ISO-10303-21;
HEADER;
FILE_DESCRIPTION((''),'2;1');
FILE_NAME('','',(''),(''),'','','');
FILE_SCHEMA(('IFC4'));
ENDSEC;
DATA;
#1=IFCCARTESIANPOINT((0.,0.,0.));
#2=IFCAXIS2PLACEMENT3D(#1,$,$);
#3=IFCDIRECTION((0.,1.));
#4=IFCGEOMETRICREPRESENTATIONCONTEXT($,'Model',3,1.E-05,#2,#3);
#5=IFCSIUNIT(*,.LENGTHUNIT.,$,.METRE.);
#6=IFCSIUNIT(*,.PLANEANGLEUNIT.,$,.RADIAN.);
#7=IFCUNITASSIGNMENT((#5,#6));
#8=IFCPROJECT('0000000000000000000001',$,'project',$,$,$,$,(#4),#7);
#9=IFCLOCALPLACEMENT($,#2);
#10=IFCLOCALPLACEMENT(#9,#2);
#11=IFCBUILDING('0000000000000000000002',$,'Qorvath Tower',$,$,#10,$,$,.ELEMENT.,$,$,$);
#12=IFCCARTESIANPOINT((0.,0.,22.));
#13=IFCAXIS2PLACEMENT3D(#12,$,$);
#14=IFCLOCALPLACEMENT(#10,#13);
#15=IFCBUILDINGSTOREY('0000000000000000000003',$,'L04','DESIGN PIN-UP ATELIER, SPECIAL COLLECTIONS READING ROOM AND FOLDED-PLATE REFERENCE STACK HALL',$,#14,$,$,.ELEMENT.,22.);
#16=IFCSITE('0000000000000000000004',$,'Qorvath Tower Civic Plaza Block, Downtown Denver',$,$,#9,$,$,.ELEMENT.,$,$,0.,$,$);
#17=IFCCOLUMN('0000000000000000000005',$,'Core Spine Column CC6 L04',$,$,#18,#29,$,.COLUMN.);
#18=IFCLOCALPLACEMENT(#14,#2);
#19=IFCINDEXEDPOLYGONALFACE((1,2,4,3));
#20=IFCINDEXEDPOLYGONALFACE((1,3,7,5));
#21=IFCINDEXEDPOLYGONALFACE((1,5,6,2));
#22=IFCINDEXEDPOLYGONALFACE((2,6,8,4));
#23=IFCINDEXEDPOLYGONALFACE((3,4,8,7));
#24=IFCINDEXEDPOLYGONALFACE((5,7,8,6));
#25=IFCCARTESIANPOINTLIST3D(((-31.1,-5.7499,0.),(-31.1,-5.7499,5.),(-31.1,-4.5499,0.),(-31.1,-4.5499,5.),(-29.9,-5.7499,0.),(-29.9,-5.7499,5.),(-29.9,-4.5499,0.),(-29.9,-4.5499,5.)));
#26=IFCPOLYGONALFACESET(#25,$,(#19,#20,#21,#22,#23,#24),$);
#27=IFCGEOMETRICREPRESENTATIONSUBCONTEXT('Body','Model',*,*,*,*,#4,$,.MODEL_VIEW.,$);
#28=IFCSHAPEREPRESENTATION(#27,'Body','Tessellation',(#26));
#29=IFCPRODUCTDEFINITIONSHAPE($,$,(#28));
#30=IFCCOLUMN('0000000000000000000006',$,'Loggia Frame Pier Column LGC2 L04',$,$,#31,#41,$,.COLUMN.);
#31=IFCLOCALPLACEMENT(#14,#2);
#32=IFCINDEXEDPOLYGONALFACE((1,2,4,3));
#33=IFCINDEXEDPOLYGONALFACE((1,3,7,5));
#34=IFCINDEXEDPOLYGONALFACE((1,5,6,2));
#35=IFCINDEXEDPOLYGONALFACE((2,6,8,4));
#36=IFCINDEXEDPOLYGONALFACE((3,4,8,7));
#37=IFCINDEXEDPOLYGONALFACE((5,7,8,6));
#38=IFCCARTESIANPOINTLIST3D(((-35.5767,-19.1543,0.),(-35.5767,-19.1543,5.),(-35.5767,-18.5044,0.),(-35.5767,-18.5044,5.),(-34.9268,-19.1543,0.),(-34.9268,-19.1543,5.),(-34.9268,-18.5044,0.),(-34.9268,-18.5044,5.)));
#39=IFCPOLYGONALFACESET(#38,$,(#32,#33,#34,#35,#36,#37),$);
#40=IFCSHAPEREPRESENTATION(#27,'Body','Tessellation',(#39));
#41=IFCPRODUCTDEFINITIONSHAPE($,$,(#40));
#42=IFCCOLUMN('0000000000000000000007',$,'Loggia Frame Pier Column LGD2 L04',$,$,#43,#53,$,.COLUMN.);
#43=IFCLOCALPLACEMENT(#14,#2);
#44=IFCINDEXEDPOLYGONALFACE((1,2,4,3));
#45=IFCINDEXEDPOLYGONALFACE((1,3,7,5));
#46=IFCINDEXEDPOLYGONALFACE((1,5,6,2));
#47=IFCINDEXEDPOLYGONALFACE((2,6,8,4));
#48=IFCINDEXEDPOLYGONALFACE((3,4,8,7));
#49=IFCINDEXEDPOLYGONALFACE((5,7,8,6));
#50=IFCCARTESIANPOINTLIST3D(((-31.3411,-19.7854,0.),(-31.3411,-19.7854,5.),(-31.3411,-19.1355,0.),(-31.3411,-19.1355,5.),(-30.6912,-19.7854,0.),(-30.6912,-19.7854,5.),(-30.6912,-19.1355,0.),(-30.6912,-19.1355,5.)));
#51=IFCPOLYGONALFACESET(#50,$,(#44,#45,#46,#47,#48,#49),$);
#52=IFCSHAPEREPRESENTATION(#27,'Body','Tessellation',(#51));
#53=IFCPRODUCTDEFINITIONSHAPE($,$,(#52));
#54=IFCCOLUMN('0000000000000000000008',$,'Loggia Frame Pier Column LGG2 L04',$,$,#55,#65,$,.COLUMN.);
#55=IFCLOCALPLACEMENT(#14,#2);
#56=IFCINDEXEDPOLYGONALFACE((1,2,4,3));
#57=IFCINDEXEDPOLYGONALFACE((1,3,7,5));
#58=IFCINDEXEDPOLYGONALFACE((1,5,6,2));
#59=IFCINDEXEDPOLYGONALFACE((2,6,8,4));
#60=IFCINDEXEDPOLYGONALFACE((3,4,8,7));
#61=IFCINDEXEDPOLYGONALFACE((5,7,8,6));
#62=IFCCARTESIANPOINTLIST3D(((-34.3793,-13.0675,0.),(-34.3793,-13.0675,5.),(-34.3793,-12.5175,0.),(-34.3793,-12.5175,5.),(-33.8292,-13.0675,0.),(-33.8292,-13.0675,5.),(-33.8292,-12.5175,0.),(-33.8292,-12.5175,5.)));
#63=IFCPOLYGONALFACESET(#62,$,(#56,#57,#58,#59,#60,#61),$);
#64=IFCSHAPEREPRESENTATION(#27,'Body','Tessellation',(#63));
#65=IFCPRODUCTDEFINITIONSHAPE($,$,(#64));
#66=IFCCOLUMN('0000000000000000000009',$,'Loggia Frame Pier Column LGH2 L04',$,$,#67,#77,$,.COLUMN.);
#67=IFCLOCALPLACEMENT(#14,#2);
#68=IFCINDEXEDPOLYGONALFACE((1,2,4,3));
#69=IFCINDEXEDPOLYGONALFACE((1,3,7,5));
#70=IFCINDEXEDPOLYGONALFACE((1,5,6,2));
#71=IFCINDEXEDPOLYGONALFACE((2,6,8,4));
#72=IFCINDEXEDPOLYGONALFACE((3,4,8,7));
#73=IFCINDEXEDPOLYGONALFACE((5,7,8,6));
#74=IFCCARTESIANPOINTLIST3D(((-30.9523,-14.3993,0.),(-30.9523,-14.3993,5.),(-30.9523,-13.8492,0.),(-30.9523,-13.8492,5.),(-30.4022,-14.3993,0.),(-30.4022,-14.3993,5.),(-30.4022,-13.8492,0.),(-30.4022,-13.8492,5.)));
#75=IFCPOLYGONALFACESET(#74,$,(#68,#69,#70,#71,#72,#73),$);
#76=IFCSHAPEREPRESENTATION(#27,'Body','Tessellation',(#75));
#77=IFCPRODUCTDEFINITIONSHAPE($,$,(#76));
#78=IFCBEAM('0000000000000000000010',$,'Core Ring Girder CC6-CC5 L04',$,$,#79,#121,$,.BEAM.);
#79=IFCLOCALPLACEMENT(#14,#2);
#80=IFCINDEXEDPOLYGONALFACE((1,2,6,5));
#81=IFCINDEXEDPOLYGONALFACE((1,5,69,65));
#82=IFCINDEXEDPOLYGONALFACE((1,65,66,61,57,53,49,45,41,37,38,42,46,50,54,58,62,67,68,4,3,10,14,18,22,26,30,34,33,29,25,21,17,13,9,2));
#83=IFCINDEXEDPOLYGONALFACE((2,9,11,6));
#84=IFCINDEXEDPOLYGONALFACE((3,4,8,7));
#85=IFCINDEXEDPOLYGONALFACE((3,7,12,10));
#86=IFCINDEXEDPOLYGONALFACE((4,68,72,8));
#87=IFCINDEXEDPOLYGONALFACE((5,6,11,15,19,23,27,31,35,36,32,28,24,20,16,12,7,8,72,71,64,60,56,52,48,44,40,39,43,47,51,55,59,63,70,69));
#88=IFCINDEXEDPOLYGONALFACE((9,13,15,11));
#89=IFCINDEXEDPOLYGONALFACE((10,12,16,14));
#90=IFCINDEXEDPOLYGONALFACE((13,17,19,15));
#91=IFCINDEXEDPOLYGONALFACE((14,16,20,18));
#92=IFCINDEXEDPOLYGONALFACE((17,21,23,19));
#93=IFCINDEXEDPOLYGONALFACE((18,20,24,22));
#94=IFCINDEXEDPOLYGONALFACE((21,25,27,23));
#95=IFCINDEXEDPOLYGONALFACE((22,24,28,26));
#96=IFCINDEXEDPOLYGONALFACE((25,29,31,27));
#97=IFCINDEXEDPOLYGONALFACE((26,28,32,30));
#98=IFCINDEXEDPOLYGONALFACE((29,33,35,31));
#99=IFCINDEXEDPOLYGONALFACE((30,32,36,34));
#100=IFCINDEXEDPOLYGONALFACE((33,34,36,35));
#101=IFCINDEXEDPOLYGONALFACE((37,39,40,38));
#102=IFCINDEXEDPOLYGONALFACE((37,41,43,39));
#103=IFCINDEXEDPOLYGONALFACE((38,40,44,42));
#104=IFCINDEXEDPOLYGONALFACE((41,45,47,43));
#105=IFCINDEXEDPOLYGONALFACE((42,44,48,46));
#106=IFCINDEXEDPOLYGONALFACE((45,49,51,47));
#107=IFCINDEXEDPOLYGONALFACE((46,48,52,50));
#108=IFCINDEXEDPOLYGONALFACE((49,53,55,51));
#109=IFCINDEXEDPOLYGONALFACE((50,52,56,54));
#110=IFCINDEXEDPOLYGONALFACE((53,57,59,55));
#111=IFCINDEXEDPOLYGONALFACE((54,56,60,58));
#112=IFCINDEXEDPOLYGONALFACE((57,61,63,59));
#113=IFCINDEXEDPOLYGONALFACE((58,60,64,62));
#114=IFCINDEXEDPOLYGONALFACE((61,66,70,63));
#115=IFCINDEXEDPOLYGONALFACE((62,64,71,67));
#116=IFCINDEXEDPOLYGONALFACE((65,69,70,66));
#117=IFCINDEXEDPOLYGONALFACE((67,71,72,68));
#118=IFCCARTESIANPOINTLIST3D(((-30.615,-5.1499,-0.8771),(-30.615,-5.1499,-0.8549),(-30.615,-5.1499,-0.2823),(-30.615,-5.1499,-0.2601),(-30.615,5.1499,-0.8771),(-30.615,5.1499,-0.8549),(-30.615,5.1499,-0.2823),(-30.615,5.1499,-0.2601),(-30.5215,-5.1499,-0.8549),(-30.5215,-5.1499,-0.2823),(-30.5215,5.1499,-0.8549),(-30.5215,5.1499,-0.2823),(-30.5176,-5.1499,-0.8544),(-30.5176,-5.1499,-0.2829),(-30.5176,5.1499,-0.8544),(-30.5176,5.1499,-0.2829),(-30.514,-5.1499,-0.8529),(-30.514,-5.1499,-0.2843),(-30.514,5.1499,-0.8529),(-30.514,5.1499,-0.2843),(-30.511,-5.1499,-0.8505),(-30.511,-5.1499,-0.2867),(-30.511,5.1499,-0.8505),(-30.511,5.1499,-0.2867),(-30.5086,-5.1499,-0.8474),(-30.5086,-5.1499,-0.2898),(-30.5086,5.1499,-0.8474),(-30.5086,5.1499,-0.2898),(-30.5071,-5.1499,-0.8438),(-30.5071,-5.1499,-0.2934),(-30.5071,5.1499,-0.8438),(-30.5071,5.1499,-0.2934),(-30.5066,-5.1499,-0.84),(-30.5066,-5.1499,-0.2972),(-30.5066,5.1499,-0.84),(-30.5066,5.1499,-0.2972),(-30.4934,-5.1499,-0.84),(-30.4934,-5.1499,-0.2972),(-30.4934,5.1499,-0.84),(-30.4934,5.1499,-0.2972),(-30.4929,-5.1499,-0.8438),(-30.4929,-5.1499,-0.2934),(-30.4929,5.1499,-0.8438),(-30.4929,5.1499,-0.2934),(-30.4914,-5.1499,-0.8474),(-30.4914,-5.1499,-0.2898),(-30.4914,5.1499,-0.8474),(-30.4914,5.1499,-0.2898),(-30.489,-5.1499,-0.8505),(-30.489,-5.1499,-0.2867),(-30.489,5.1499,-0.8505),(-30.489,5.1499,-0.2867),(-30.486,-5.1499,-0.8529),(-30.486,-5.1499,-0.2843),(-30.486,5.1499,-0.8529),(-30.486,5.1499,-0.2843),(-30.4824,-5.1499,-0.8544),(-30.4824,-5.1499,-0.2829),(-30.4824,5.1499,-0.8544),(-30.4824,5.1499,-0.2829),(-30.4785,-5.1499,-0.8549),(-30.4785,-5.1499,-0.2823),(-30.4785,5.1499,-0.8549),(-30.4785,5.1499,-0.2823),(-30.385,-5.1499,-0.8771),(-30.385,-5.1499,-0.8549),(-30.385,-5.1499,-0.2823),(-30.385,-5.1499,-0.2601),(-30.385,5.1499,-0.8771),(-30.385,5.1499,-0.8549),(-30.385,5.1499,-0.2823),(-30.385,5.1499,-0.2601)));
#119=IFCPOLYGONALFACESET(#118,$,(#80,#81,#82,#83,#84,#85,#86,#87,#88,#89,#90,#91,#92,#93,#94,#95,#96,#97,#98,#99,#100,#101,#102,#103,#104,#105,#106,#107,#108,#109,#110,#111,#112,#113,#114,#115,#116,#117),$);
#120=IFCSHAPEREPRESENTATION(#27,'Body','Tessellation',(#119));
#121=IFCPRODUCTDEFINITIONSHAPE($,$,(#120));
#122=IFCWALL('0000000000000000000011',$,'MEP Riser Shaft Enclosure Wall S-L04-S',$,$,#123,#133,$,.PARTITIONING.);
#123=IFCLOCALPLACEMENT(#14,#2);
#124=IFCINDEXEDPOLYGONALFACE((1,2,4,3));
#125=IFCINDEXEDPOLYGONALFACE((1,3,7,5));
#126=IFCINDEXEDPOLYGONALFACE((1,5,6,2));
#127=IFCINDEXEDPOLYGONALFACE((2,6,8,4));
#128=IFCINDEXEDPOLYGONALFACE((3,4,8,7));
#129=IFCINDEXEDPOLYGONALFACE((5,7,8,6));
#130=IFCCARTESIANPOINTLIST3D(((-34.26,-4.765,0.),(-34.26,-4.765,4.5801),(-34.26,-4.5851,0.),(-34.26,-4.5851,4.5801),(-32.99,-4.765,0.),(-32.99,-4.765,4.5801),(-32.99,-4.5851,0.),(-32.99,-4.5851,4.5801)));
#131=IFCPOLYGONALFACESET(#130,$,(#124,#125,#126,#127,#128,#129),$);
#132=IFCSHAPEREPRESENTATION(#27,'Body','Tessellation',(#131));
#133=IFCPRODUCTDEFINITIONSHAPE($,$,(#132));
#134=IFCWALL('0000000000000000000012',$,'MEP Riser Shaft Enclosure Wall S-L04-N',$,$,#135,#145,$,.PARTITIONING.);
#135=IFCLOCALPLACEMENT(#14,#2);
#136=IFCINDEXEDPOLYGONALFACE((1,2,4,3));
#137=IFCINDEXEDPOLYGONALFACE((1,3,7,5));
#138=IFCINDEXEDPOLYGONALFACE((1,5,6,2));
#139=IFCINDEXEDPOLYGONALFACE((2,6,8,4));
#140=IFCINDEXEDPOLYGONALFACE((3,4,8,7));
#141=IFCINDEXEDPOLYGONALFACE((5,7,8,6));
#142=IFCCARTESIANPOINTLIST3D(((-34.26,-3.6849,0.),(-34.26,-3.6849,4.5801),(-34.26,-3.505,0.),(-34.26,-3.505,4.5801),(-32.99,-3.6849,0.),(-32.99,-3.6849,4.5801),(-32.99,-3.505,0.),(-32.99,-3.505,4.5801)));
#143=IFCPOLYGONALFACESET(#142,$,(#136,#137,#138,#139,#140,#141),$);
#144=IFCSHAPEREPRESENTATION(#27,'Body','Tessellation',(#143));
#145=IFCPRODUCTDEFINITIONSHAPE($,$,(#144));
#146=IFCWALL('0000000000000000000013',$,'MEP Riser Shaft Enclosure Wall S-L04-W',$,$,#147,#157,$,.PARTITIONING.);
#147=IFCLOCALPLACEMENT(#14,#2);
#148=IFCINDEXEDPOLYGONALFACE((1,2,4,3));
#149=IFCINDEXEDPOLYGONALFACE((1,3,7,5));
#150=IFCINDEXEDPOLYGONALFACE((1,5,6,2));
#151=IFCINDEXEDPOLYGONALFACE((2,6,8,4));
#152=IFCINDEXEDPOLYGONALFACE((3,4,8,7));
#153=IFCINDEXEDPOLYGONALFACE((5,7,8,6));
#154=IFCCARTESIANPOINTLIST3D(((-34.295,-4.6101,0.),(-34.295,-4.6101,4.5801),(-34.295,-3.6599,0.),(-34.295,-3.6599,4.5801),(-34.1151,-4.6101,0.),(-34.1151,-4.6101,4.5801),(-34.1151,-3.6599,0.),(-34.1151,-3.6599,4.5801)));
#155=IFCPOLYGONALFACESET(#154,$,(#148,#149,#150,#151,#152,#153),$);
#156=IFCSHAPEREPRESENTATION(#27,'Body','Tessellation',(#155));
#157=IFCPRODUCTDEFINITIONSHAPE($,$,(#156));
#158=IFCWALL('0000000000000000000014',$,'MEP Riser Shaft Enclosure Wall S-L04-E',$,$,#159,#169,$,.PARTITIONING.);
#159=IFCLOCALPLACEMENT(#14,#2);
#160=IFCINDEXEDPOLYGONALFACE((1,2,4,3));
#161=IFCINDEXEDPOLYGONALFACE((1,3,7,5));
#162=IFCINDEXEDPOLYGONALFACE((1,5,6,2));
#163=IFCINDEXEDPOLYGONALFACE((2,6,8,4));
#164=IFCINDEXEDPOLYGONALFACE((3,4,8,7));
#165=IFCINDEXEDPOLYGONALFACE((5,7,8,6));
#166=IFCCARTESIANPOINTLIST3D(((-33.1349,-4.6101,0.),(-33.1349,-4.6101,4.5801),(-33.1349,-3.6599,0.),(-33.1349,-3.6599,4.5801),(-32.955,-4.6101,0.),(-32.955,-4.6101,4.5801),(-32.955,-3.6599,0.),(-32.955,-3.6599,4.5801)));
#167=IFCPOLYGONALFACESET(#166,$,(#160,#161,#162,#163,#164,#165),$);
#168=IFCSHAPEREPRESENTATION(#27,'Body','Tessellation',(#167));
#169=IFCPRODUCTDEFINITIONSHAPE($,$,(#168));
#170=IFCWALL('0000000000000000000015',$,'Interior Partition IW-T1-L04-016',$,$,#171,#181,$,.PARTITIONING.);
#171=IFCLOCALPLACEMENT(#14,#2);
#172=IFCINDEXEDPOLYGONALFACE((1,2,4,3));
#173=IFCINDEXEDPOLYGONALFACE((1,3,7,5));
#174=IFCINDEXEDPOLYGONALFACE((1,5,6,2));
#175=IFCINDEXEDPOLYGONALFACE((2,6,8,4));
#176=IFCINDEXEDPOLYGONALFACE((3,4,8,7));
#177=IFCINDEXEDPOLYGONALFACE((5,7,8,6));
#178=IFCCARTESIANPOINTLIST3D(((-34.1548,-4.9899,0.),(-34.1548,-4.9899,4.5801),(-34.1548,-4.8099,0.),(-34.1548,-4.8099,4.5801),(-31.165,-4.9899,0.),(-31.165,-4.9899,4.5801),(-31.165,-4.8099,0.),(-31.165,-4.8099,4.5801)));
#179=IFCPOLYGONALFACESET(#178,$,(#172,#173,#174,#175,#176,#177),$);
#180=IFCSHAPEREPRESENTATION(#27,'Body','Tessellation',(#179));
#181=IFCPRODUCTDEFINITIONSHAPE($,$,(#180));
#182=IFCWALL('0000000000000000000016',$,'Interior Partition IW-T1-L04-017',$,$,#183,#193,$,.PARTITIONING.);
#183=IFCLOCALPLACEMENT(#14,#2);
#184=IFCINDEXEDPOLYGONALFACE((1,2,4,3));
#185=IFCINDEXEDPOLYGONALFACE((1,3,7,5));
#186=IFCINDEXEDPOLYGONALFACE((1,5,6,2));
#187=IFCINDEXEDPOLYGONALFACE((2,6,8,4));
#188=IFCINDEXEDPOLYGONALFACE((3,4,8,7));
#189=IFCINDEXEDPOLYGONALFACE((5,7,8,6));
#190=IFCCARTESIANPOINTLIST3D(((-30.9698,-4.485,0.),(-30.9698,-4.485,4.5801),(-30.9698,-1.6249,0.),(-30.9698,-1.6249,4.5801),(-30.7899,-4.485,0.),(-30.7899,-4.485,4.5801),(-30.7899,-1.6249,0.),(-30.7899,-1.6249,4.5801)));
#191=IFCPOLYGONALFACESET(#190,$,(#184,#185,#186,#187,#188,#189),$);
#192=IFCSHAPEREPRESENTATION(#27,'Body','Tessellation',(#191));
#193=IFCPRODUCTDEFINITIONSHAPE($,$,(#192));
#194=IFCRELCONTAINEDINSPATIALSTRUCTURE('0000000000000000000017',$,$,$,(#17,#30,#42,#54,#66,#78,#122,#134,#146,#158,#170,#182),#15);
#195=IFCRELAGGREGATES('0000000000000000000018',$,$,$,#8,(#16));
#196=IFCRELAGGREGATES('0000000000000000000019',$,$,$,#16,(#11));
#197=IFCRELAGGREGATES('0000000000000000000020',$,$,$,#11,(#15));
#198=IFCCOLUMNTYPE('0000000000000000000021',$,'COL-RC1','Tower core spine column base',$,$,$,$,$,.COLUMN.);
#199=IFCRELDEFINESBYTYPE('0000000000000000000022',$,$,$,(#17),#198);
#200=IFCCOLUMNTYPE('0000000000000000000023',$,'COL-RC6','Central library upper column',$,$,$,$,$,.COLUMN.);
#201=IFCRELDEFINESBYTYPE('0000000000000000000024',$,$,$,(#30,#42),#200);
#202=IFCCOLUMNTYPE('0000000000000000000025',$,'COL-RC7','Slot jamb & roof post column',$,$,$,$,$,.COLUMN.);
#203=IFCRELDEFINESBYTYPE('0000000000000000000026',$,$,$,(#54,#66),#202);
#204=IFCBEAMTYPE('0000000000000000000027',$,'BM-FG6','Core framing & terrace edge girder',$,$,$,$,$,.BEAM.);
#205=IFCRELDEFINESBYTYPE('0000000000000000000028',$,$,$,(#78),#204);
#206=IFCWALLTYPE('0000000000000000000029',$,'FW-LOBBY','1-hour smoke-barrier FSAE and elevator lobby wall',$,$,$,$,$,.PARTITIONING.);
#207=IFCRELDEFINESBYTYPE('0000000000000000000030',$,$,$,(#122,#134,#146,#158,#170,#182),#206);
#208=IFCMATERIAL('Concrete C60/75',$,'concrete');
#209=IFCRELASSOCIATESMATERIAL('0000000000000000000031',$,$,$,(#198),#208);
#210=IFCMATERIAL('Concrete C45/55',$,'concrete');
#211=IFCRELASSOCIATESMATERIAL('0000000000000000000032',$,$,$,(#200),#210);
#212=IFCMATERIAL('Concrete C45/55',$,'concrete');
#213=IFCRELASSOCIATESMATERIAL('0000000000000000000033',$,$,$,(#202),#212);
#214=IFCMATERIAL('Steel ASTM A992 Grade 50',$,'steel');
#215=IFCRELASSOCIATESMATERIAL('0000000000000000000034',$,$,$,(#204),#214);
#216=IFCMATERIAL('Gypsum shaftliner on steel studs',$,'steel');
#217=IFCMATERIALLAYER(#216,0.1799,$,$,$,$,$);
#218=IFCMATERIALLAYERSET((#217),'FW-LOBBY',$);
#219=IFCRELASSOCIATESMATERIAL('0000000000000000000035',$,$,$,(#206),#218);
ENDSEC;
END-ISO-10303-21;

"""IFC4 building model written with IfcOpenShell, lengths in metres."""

from ifc_helpers import new_model, si_unit, direction, frame, frame_2d, origin, origin_2d, place, context, subcontext, project, spatial, rectangle, i_section, extrude, material, layer, layer_set, material_profile, profile_set, type_object, element, save


model = new_model("IFC4")

# Units and contexts
model_context = context("Model", 3, precision=1e-05, world=origin(), true_north=direction((0.0, 1.0)))
body_context = subcontext(model_context, "Body", "Model", "MODEL_VIEW")
ifc_project = project(units=[si_unit("LENGTHUNIT", "METRE"), si_unit("PLANEANGLEUNIT", "RADIAN")], contexts=[model_context])

# Site, building, storey
site_placement = place(None, origin())
site = spatial("IfcSite", under=ifc_project, at=site_placement, Name="Qorvath Tower Civic Plaza Block, Downtown Denver", CompositionType="ELEMENT", RefElevation=0.0)
building_placement = place(site_placement, origin())
building = spatial("IfcBuilding", under=site, at=building_placement, Name="Qorvath Tower", CompositionType="ELEMENT")
storey_placement = place(building_placement, frame((0.0, 0.0, 22.0)))
storey = spatial("IfcBuildingStorey", under=building, at=storey_placement, Name="L04", Description="DESIGN PIN-UP ATELIER, SPECIAL COLLECTIONS READING ROOM AND FOLDED-PLATE REFERENCE STACK HALL", CompositionType="ELEMENT", Elevation=22.0)

# Columns
ifc_material_1 = material(Name="Concrete C60/75", Category="concrete")
ifc_material_profile_1 = material_profile(ifc_material_1, rectangle(XDim=1.2, YDim=1.2, at=origin_2d()), Name="RC 1200x1200")
ifc_profile_set_1 = profile_set([ifc_material_profile_1], Name="Concrete C60/75")
column_type_1 = type_object("IfcColumnType", Name="COL-RC1", Description="Tower core spine column base", PredefinedType="COLUMN", material=ifc_profile_set_1)
column_placement = place(storey_placement, frame((-30.5, -5.1499, 0.0), z_axis=(0.0, 0.0, 1.0), x_axis=(1.0, 0.0, 0.0)))
element("IfcColumn", 1, at=column_placement, inside=storey, type_object=column_type_1, Name="Core Spine Column CC6 L04", PredefinedType="COLUMN", context=body_context, shape_type="SweptSolid", body=[
    extrude(rectangle(XDim=1.2, YDim=1.2, at=origin_2d()), origin(), (0.0, 0.0, 1.0), 5.0),
])
ifc_material_2 = material(Name="Concrete C45/55", Category="concrete")
ifc_material_profile_2 = material_profile(ifc_material_2, rectangle(XDim=0.6499, YDim=0.6499, at=origin_2d()), Name="RC 650x650")
ifc_profile_set_2 = profile_set([ifc_material_profile_2], Name="Concrete C45/55")
column_type_2 = type_object("IfcColumnType", Name="COL-RC6", Description="Central library upper column", PredefinedType="COLUMN", material=ifc_profile_set_2)
for number, where, z_axis, x_axis, name in (
    (2, (-35.2517, -18.8293, 0.0), (0.0, 0.0, 1.0), (1.0, 0.0, 0.0), "Loggia Frame Pier Column LGC2 L04"),
    (3, (-31.0161, -19.4604, 0.0), (0.0, 0.0, 1.0), (1.0, 0.0, 0.0), "Loggia Frame Pier Column LGD2 L04"),
):
    element("IfcColumn", number, at=place(storey_placement, frame(where, z_axis=z_axis, x_axis=x_axis)), inside=storey, type_object=column_type_2, Name=name, PredefinedType="COLUMN", context=body_context, shape_type="SweptSolid", body=[
        extrude(rectangle(XDim=0.6499, YDim=0.6499, at=origin_2d()), origin(), (0.0, 0.0, 1.0), 5.0),
    ])
ifc_material_3 = material(Name="Concrete C45/55", Category="concrete")
ifc_material_profile_3 = material_profile(ifc_material_3, rectangle(XDim=0.55, YDim=0.55, at=origin_2d()), Name="RC 550x550")
ifc_profile_set_3 = profile_set([ifc_material_profile_3], Name="Concrete C45/55")
column_type_3 = type_object("IfcColumnType", Name="COL-RC7", Description="Slot jamb & roof post column", PredefinedType="COLUMN", material=ifc_profile_set_3)
for number, where, z_axis, x_axis, name in (
    (4, (-34.1042, -12.7925, 0.0), (0.0, 0.0, 1.0), (1.0, 0.0, 0.0), "Loggia Frame Pier Column LGG2 L04"),
    (5, (-30.6772, -14.1243, 0.0), (0.0, 0.0, 1.0), (1.0, 0.0, 0.0), "Loggia Frame Pier Column LGH2 L04"),
):
    element("IfcColumn", number, at=place(storey_placement, frame(where, z_axis=z_axis, x_axis=x_axis)), inside=storey, type_object=column_type_3, Name=name, PredefinedType="COLUMN", context=body_context, shape_type="SweptSolid", body=[
        extrude(rectangle(XDim=0.55, YDim=0.55, at=origin_2d()), origin(), (0.0, 0.0, 1.0), 5.0),
    ])

# Beam
ifc_material_4 = material(Name="Steel ASTM A992 Grade 50", Category="steel")
ifc_material_profile_4 = material_profile(ifc_material_4, i_section(OverallWidth=0.23, OverallDepth=0.6169, WebThickness=0.0132, FlangeThickness=0.0222, FilletRadius=0.0149, at=origin_2d()), Name="W24x94")
ifc_profile_set_4 = profile_set([ifc_material_profile_4], Name="Steel ASTM A992 Grade 50")
beam_type = type_object("IfcBeamType", Name="BM-FG6", Description="Core framing & terrace edge girder", PredefinedType="BEAM", material=ifc_profile_set_4)
beam_placement = place(storey_placement, frame((-30.5, -5.1499, -0.5686), z_axis=(0.0, 1.0, 0.0), x_axis=(-1.0, 0.0, 0.0)))
element("IfcBeam", 6, at=beam_placement, inside=storey, type_object=beam_type, Name="Core Ring Girder CC6-CC5 L04", PredefinedType="BEAM", context=body_context, shape_type="SweptSolid", body=[
    extrude(i_section(OverallWidth=0.23, OverallDepth=0.6169, WebThickness=0.0132, FlangeThickness=0.0222, FilletRadius=0.0149, at=origin_2d()), origin(), (0.0, 0.0, 1.0), 10.2998),
])

# Walls
ifc_material_5 = material(Name="Gypsum shaftliner on steel studs", Category="steel")
ifc_layer_1 = layer(ifc_material_5, 0.1799)
ifc_layer_set_1 = layer_set([ifc_layer_1], Name="FW-LOBBY")
wall_type_1 = type_object("IfcWallType", Name="FW-LOBBY", Description="1-hour smoke-barrier FSAE and elevator lobby wall", PredefinedType="PARTITIONING", material=ifc_layer_set_1)
for number, where, z_axis, x_axis, name in (
    (7, (-32.99, -4.675, 0.0), (0.0, 0.0, 1.0), (-1.0, 0.0, 0.0), "MEP Riser Shaft Enclosure Wall S-L04-S"),
    (8, (-34.26, -3.595, 0.0), (0.0, 0.0, 1.0), (1.0, 0.0, 0.0), "MEP Riser Shaft Enclosure Wall S-L04-N"),
):
    element("IfcWall", number, at=place(storey_placement, frame(where, z_axis=z_axis, x_axis=x_axis)), inside=storey, type_object=wall_type_1, Name=name, PredefinedType="PARTITIONING", context=body_context, shape_type="SweptSolid", body=[
        extrude(rectangle(XDim=1.27, YDim=0.1799, at=frame_2d((0.635, 0.0))), origin(), (0.0, 0.0, 1.0), 4.5801),
    ])
for number, where, z_axis, x_axis, name in (
    (9, (-34.2051, -4.6101, 0.0), (0.0, 0.0, 1.0), (0.0, 1.0, 0.0), "MEP Riser Shaft Enclosure Wall S-L04-W"),
    (10, (-33.0449, -3.6599, 0.0), (0.0, 0.0, 1.0), (0.0, -1.0, 0.0), "MEP Riser Shaft Enclosure Wall S-L04-E"),
):
    element("IfcWall", number, at=place(storey_placement, frame(where, z_axis=z_axis, x_axis=x_axis)), inside=storey, type_object=wall_type_1, Name=name, PredefinedType="PARTITIONING", context=body_context, shape_type="SweptSolid", body=[
        extrude(rectangle(XDim=0.9502, YDim=0.1799, at=frame_2d((0.4751, 0.0))), origin(), (0.0, 0.0, 1.0), 4.5801),
    ])
wall_1_placement = place(storey_placement, frame((-34.1548, -4.8999, 0.0), z_axis=(0.0, 0.0, 1.0), x_axis=(1.0, 0.0, 0.0)))
element("IfcWall", 11, at=wall_1_placement, inside=storey, type_object=wall_type_1, Name="Interior Partition IW-T1-L04-016", PredefinedType="PARTITIONING", context=body_context, shape_type="SweptSolid", body=[
    extrude(rectangle(XDim=2.9897, YDim=0.1799, at=frame_2d((1.4949, 0.0))), origin(), (0.0, 0.0, 1.0), 4.5801),
])
wall_2_placement = place(storey_placement, frame((-30.8799, -4.4851, 0.0), z_axis=(0.0, 0.0, 1.0), x_axis=(0.0, 1.0, 0.0)))
element("IfcWall", 12, at=wall_2_placement, inside=storey, type_object=wall_type_1, Name="Interior Partition IW-T1-L04-017", PredefinedType="PARTITIONING", context=body_context, shape_type="SweptSolid", body=[
    extrude(rectangle(XDim=2.8601, YDim=0.1799, at=frame_2d((1.4302, 0.0))), origin(), (0.0, 0.0, 1.0), 4.5801),
])

save(model, "model.ifc")
